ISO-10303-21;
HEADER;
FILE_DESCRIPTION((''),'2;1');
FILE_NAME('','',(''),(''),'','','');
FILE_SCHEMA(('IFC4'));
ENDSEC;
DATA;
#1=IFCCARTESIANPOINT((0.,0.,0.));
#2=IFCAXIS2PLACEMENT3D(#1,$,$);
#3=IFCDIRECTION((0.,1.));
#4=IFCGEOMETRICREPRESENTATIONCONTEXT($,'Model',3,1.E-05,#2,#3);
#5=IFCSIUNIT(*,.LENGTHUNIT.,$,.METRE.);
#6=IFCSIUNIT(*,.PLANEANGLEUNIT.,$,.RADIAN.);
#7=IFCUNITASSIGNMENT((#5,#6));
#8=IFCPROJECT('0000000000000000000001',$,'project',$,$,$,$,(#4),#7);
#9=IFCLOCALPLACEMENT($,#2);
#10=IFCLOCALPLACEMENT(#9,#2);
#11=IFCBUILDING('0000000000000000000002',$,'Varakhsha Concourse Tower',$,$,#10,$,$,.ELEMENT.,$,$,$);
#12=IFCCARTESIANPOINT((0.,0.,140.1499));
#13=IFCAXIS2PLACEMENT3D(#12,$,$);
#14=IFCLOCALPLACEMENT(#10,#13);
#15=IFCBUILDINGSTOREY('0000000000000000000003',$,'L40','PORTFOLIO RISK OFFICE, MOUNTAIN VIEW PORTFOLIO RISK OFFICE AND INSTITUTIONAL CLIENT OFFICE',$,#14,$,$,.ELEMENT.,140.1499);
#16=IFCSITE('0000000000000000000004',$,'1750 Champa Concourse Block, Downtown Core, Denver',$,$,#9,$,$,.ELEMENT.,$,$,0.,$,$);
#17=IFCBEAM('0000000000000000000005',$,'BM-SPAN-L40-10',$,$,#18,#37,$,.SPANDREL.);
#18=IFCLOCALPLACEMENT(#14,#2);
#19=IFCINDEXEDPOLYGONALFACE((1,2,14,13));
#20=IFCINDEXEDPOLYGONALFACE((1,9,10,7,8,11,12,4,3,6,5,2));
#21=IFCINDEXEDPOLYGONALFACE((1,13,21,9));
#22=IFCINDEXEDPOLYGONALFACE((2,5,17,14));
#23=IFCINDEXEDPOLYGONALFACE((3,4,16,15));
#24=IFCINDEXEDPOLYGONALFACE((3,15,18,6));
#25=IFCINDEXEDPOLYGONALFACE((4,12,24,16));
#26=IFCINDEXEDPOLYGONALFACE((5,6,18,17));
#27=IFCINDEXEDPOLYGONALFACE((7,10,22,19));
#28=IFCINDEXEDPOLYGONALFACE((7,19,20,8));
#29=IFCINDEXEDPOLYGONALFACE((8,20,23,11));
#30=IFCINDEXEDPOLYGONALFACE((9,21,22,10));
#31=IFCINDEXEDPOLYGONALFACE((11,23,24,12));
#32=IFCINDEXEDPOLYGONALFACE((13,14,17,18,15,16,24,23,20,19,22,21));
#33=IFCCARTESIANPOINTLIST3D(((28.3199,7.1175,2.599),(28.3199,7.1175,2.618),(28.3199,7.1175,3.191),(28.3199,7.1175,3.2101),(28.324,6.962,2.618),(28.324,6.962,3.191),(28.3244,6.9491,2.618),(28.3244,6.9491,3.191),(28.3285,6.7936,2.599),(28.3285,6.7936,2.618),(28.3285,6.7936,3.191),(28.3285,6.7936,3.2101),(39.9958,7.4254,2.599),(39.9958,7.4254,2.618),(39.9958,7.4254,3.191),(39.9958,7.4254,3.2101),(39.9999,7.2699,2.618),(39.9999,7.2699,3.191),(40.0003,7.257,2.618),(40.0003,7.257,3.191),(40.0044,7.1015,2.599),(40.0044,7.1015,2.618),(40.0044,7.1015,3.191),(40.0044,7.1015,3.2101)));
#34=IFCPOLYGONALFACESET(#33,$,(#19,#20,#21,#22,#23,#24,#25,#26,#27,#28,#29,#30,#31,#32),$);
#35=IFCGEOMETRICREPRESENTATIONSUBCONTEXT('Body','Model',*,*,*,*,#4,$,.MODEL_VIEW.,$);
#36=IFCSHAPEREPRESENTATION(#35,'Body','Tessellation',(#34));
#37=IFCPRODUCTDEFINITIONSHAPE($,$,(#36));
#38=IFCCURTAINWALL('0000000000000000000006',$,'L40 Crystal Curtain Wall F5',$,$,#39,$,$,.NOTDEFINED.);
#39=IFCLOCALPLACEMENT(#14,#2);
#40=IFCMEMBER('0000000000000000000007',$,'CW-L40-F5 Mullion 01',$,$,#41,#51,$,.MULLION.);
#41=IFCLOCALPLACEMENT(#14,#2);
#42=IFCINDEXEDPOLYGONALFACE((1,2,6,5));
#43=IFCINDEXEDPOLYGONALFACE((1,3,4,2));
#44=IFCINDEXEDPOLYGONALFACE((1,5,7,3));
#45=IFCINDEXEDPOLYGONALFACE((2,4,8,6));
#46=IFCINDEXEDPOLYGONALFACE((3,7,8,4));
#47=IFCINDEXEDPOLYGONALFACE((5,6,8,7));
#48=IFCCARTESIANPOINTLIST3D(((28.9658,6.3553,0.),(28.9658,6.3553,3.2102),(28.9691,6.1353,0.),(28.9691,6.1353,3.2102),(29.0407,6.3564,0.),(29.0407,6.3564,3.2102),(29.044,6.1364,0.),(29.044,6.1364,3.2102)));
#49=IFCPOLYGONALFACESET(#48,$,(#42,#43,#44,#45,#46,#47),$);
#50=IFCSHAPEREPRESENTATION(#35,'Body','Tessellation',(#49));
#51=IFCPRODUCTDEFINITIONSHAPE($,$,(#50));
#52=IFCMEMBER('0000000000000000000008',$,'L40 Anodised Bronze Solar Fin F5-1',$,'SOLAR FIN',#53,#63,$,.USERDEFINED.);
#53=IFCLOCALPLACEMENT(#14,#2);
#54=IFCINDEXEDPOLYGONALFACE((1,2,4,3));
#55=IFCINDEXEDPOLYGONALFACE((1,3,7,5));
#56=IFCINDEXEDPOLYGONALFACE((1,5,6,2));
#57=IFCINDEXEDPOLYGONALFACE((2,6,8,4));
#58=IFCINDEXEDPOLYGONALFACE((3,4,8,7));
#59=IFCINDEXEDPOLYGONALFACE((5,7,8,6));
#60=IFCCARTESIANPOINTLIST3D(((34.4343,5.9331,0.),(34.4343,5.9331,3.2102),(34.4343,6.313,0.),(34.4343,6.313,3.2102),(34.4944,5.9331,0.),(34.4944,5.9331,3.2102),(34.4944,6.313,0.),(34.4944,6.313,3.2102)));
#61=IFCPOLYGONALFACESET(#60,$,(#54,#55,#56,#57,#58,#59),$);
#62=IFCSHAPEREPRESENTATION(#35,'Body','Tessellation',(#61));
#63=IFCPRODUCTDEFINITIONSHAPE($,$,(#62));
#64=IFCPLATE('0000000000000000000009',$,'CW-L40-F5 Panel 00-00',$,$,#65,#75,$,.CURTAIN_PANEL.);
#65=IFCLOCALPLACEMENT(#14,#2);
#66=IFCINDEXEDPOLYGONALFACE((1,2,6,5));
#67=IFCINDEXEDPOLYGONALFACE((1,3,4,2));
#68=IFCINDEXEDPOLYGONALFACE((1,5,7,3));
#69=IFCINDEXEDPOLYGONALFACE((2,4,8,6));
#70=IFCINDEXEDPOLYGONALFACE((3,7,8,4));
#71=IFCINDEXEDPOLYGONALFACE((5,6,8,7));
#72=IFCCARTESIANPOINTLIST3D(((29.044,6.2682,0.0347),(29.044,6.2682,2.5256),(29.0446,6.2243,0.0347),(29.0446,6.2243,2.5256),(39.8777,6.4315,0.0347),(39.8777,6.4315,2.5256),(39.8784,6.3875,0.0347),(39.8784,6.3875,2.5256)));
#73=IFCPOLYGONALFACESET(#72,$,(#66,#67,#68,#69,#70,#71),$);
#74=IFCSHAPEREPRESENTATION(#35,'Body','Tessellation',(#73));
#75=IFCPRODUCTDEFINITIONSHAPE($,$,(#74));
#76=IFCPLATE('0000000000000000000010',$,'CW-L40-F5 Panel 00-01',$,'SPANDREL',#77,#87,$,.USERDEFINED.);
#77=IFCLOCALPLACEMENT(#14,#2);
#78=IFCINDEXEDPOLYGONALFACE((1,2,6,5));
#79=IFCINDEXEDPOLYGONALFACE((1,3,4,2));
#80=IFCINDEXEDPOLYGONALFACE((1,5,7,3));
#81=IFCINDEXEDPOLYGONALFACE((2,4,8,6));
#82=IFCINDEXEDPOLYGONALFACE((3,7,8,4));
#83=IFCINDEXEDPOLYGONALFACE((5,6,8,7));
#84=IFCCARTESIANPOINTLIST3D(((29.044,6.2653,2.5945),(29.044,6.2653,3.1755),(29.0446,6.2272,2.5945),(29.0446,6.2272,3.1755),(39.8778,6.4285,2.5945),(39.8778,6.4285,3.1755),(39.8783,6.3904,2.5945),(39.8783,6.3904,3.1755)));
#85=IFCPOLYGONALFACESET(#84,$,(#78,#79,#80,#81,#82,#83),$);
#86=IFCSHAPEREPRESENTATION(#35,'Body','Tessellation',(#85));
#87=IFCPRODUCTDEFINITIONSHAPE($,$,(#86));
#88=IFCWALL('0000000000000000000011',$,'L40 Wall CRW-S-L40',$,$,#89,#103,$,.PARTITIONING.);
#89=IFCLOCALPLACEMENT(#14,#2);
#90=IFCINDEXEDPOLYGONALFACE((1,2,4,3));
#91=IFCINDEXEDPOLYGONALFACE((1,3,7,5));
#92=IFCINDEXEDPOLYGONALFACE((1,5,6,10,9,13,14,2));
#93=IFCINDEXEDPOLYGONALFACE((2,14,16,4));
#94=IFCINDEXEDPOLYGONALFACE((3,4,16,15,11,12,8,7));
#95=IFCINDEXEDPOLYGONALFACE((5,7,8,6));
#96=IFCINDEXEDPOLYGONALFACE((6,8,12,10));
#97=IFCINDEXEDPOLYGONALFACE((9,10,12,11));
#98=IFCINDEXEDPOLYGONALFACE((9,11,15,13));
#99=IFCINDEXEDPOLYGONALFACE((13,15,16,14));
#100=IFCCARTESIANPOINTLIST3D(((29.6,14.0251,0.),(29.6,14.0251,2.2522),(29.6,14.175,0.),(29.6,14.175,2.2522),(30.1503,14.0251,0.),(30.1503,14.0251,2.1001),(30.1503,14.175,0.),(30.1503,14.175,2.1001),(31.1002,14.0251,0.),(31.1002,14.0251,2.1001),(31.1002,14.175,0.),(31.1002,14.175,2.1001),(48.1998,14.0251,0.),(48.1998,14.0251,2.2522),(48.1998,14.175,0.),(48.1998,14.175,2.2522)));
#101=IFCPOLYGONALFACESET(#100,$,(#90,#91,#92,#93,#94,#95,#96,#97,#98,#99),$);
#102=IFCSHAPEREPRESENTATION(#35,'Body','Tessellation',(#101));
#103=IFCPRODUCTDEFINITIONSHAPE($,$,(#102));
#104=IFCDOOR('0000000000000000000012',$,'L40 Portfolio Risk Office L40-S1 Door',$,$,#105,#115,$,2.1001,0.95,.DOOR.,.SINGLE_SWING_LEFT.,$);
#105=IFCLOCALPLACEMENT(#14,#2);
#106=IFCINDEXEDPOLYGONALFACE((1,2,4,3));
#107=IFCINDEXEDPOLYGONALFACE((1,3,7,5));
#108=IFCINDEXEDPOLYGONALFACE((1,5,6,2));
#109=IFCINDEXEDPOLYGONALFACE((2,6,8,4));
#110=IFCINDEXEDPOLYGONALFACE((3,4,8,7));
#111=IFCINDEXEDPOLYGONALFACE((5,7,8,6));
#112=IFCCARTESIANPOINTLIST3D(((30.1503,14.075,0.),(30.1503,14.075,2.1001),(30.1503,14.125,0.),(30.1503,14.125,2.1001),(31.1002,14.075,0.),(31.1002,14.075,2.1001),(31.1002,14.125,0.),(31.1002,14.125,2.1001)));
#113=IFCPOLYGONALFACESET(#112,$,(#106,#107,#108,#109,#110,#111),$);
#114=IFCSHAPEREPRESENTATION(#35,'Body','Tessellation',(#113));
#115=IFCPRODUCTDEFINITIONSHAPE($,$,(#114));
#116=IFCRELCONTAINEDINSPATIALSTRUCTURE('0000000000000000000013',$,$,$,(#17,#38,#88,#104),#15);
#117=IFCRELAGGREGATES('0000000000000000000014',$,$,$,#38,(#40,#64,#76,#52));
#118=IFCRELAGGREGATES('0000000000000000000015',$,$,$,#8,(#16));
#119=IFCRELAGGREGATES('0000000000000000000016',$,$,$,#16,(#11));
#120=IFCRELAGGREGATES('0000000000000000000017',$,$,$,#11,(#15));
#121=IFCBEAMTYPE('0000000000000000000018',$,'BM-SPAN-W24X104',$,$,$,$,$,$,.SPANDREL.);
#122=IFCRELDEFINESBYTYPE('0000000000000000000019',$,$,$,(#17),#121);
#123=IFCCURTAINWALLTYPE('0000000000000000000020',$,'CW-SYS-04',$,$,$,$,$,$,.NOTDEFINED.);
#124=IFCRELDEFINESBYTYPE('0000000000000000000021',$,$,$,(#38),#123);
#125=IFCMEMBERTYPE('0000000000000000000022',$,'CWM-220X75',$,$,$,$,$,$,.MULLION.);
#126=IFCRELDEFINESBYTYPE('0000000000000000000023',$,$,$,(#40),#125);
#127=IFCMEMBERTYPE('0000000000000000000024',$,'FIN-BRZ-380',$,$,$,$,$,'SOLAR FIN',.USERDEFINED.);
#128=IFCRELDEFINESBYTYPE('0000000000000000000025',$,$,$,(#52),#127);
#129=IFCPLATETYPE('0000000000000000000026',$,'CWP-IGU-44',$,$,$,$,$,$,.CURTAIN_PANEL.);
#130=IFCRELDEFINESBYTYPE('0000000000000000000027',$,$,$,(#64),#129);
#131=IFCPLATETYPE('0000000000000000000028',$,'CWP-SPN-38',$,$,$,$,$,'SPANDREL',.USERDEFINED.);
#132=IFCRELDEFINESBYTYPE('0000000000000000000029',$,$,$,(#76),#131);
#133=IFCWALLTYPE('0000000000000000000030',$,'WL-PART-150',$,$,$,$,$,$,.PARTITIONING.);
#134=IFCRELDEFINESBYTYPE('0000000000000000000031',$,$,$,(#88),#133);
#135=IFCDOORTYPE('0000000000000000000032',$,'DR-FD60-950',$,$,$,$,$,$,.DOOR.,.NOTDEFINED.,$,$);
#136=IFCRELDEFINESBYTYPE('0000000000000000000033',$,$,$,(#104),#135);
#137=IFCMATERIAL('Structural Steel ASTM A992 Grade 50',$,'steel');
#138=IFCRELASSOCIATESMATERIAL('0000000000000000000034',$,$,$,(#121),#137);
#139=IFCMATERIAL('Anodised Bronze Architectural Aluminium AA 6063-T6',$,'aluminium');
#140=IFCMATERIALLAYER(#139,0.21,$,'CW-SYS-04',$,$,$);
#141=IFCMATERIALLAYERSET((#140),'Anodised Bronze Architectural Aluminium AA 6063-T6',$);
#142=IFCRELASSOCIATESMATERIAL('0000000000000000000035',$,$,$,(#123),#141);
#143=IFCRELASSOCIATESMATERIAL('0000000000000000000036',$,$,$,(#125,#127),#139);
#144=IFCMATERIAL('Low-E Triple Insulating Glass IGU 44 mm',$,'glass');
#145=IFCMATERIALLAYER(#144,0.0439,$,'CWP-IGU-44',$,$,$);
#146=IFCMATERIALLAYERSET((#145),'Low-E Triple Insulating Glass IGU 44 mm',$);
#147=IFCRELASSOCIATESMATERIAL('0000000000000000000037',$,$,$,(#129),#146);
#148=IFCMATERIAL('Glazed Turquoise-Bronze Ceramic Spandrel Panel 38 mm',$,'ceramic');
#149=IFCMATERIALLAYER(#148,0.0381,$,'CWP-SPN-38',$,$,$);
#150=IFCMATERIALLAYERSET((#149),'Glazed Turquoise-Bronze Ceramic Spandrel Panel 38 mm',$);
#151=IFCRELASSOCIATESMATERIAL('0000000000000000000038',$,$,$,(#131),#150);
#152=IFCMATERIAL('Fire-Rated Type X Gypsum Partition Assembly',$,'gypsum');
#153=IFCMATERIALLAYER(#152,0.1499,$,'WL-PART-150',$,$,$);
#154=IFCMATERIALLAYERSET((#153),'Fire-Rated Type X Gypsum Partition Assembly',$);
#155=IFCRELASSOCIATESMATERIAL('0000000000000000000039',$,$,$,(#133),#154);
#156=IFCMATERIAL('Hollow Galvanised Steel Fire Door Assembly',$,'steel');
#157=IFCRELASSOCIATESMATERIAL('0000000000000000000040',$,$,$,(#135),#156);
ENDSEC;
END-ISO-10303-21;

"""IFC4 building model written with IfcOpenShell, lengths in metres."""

from ifc_helpers import new_model, si_unit, direction, frame, frame_2d, origin, origin_2d, place, context, subcontext, project, spatial, rectangle, i_section, extrude, source, transform, mapped, material, layer, layer_set, material_profile, profile_set, type_object, type_shapes, element, fill, aggregate, save


model = new_model("IFC4")

# Units and contexts
model_context = context("Model", 3, precision=1e-05, world=origin(), true_north=direction((0.0, 1.0)))
body_context = subcontext(model_context, "Body", "Model", "MODEL_VIEW")
ifc_project = project(units=[si_unit("LENGTHUNIT", "METRE"), si_unit("PLANEANGLEUNIT", "RADIAN")], contexts=[model_context])

# Site, building, storey
site_placement = place(None, origin())
site = spatial("IfcSite", under=ifc_project, at=site_placement, Name="1750 Champa Concourse Block, Downtown Core, Denver", CompositionType="ELEMENT", RefElevation=0.0)
building_placement = place(site_placement, origin())
building = spatial("IfcBuilding", under=site, at=building_placement, Name="Varakhsha Concourse Tower", CompositionType="ELEMENT")
storey_placement = place(building_placement, frame((0.0, 0.0, 140.1499)))
storey = spatial("IfcBuildingStorey", under=building, at=storey_placement, Name="L40", Description="PORTFOLIO RISK OFFICE, MOUNTAIN VIEW PORTFOLIO RISK OFFICE AND INSTITUTIONAL CLIENT OFFICE", CompositionType="ELEMENT", Elevation=140.1499)

# Shared definitions
ifc_material_1 = material(Name="Structural Steel ASTM A992 Grade 50", Category="steel")

# Beam
ifc_material_profile_1 = material_profile(ifc_material_1, i_section(OverallWidth=0.324, OverallDepth=0.6111, WebThickness=0.0129, FlangeThickness=0.019, at=origin_2d()), Name="W24X104")
ifc_profile_set_1 = profile_set([ifc_material_profile_1], Name="Structural Steel ASTM A992 Grade 50")
beam_type_1 = type_object("IfcBeamType", Name="BM-SPAN-W24X104", PredefinedType="SPANDREL", material=ifc_profile_set_1)
beam_1_placement = place(storey_placement, frame((28.3242, 6.9556, 2.9045), z_axis=(0.999653, 0.026358, 0.0), x_axis=(-0.026358, 0.999653, 0.0)))
element("IfcBeam", 1, at=beam_1_placement, inside=storey, type_object=beam_type_1, Name="BM-SPAN-L40-10", PredefinedType="SPANDREL", context=body_context, shape_type="SweptSolid", body=[
    extrude(i_section(OverallWidth=0.324, OverallDepth=0.6111, WebThickness=0.0129, FlangeThickness=0.019, at=origin_2d()), origin(), (0.0, 0.0, 1.0), 11.6799),
])

# Curtain wall, members, plates
ifc_material_2 = material(Name="Anodised Bronze Architectural Aluminium AA 6063-T6", Category="aluminium")
ifc_layer_1 = layer(ifc_material_2, 0.21, Name="CW-SYS-04")
ifc_layer_set_1 = layer_set([ifc_layer_1], Name="Anodised Bronze Architectural Aluminium AA 6063-T6")
curtain_wall_type = type_object("IfcCurtainWallType", Name="CW-SYS-04", PredefinedType="NOTDEFINED", material=ifc_layer_set_1)
curtain_wall_placement = place(storey_placement, origin())
curtain_wall = element("IfcCurtainWall", 2, at=curtain_wall_placement, inside=storey, type_object=curtain_wall_type, Name="L40 Crystal Curtain Wall F5", PredefinedType="NOTDEFINED")
ifc_material_profile_2 = material_profile(ifc_material_2, rectangle(XDim=0.075, YDim=0.22, at=origin_2d()), Name="CWM-220X75")
ifc_profile_set_2 = profile_set([ifc_material_profile_2], Name="Anodised Bronze Architectural Aluminium AA 6063-T6")
member_type_1 = type_object("IfcMemberType", Name="CWM-220X75", PredefinedType="MULLION", material=ifc_profile_set_2)
shared_shape_1 = source(origin(), body_context, "Body", "SweptSolid", [
    extrude(rectangle(XDim=0.075, YDim=0.22, at=origin_2d()), origin(), (0.0, 0.0, 1.0), 3.2102),
])
type_shapes(member_type_1, [shared_shape_1])
member_1_placement = place(storey_placement, frame((29.0049, 6.2458, 0.0), z_axis=(0.0, 0.0, 1.0), x_axis=(-0.999887, -0.015063, 0.0)))
member_1 = element("IfcMember", 3, at=member_1_placement, type_object=member_type_1, Name="CW-L40-F5 Mullion 01", PredefinedType="MULLION", context=body_context, shape_type="MappedRepresentation", body=[
    mapped(shared_shape_1, transform((0.0, 0.0, 0.0), scale=1.0)),
])
ifc_material_profile_3 = material_profile(ifc_material_2, rectangle(XDim=0.0601, YDim=0.3799, at=origin_2d()), Name="FIN-BRZ-380")
ifc_profile_set_3 = profile_set([ifc_material_profile_3], Name="Anodised Bronze Architectural Aluminium AA 6063-T6")
member_type_2 = type_object("IfcMemberType", Name="FIN-BRZ-380", ElementType="SOLAR FIN", PredefinedType="USERDEFINED", material=ifc_profile_set_3)
shared_shape_2 = source(origin(), body_context, "Body", "SweptSolid", [
    extrude(rectangle(XDim=0.0601, YDim=0.3799, at=origin_2d()), origin(), (0.0, 0.0, 1.0), 3.2102),
])
type_shapes(member_type_2, [shared_shape_2])
member_2_placement = place(storey_placement, frame((34.4644, 6.123, 0.0), z_axis=(0.0, 0.0, 1.0), x_axis=(1.0, 0.0, 0.0)))
member_2 = element("IfcMember", 4, at=member_2_placement, type_object=member_type_2, Name="L40 Anodised Bronze Solar Fin F5-1", ObjectType="SOLAR FIN", PredefinedType="USERDEFINED", context=body_context, shape_type="MappedRepresentation", body=[
    mapped(shared_shape_2, transform((0.0, 0.0, 0.0), scale=1.0)),
])
ifc_material_3 = material(Name="Low-E Triple Insulating Glass IGU 44 mm", Category="glass")
ifc_layer_2 = layer(ifc_material_3, 0.0439, Name="CWP-IGU-44")
ifc_layer_set_2 = layer_set([ifc_layer_2], Name="Low-E Triple Insulating Glass IGU 44 mm")
plate_type_1 = type_object("IfcPlateType", Name="CWP-IGU-44", PredefinedType="CURTAIN_PANEL", material=ifc_layer_set_2)
shared_shape_3 = source(origin(), body_context, "Body", "SweptSolid", [
    extrude(rectangle(XDim=10.835, YDim=0.0439, at=origin_2d()), origin(), (0.0, 0.0, 1.0), 2.491),
])
type_shapes(plate_type_1, [shared_shape_3])
plate_1_placement = place(storey_placement, frame((34.4612, 6.3279, 0.0347), z_axis=(0.0, 0.0, 1.0), x_axis=(-0.999887, -0.015063, 0.0)))
plate_1 = element("IfcPlate", 5, at=plate_1_placement, type_object=plate_type_1, Name="CW-L40-F5 Panel 00-00", PredefinedType="CURTAIN_PANEL", context=body_context, shape_type="MappedRepresentation", body=[
    mapped(shared_shape_3, transform((0.0, 0.0, 0.0), scale=1.0)),
])
ifc_material_4 = material(Name="Glazed Turquoise-Bronze Ceramic Spandrel Panel 38 mm", Category="ceramic")
ifc_layer_3 = layer(ifc_material_4, 0.0381, Name="CWP-SPN-38")
ifc_layer_set_3 = layer_set([ifc_layer_3], Name="Glazed Turquoise-Bronze Ceramic Spandrel Panel 38 mm")
plate_type_2 = type_object("IfcPlateType", Name="CWP-SPN-38", ElementType="SPANDREL", PredefinedType="USERDEFINED", material=ifc_layer_set_3)
shared_shape_4 = source(origin(), body_context, "Body", "SweptSolid", [
    extrude(rectangle(XDim=10.835, YDim=0.0381, at=origin_2d()), origin(), (0.0, 0.0, 1.0), 0.5811),
])
type_shapes(plate_type_2, [shared_shape_4])
plate_2_placement = place(storey_placement, frame((34.4612, 6.3279, 2.5945), z_axis=(0.0, 0.0, 1.0), x_axis=(-0.999887, -0.015063, 0.0)))
plate_2 = element("IfcPlate", 6, at=plate_2_placement, type_object=plate_type_2, Name="CW-L40-F5 Panel 00-01", ObjectType="SPANDREL", PredefinedType="USERDEFINED", context=body_context, shape_type="MappedRepresentation", body=[
    mapped(shared_shape_4, transform((0.0, 0.0, 0.0), scale=1.0)),
])
aggregate(curtain_wall, [member_1, plate_1, plate_2, member_2])

# Wall, opening, door
ifc_material_5 = material(Name="Fire-Rated Type X Gypsum Partition Assembly", Category="gypsum")
ifc_layer_4 = layer(ifc_material_5, 0.1499, Name="WL-PART-150")
ifc_layer_set_4 = layer_set([ifc_layer_4], Name="Fire-Rated Type X Gypsum Partition Assembly")
wall_type = type_object("IfcWallType", Name="WL-PART-150", PredefinedType="PARTITIONING", material=ifc_layer_set_4)
wall_1_placement = place(storey_placement, frame((29.6001, 14.1001, 0.0), z_axis=(0.0, 0.0, 1.0), x_axis=(1.0, 0.0, 0.0)))
wall_1 = element("IfcWall", 7, at=wall_1_placement, inside=storey, type_object=wall_type, Name="L40 Wall CRW-S-L40", PredefinedType="PARTITIONING", context=body_context, shape_type="SweptSolid", body=[
    extrude(rectangle(XDim=18.5999, YDim=0.1499, at=frame_2d((9.2998, 0.0))), origin(), (0.0, 0.0, 1.0), 2.2522),
])
opening_1_placement = place(wall_1_placement, frame((0.55, 0.0, 0.0)))
opening_1 = element("IfcOpeningElement", 8, at=opening_1_placement, cuts=wall_1, PredefinedType="OPENING", context=body_context, shape_type="SweptSolid", body=[
    extrude(rectangle(XDim=0.95, YDim=2.1001, at=frame_2d((0.4751, 1.05))), frame((0.0, 0.085, 0.0), z_axis=(0.0, -1.0, 0.0), x_axis=(1.0, 0.0, 0.0)), (0.0, 0.0, 1.0), 0.1699),
])
ifc_material_6 = material(Name="Hollow Galvanised Steel Fire Door Assembly", Category="steel")
door_type_1 = type_object("IfcDoorType", Name="DR-FD60-950", OperationType="NOTDEFINED", PredefinedType="DOOR", material=ifc_material_6)
door_1_placement = place(opening_1_placement, origin())
door_1 = element("IfcDoor", 9, at=door_1_placement, inside=storey, type_object=door_type_1, Name="L40 Portfolio Risk Office L40-S1 Door", OperationType="SINGLE_SWING_LEFT", OverallHeight=2.1001, OverallWidth=0.95, PredefinedType="DOOR", context=body_context, shape_type="SweptSolid", body=[
    extrude(rectangle(XDim=0.95, YDim=2.1001, at=frame_2d((0.4751, 1.05))), frame((0.0, 0.0249, 0.0), z_axis=(0.0, -1.0, 0.0), x_axis=(1.0, 0.0, 0.0)), (0.0, 0.0, 1.0), 0.05),
])
fill(opening_1, door_1)

save(model, "model.ifc")
